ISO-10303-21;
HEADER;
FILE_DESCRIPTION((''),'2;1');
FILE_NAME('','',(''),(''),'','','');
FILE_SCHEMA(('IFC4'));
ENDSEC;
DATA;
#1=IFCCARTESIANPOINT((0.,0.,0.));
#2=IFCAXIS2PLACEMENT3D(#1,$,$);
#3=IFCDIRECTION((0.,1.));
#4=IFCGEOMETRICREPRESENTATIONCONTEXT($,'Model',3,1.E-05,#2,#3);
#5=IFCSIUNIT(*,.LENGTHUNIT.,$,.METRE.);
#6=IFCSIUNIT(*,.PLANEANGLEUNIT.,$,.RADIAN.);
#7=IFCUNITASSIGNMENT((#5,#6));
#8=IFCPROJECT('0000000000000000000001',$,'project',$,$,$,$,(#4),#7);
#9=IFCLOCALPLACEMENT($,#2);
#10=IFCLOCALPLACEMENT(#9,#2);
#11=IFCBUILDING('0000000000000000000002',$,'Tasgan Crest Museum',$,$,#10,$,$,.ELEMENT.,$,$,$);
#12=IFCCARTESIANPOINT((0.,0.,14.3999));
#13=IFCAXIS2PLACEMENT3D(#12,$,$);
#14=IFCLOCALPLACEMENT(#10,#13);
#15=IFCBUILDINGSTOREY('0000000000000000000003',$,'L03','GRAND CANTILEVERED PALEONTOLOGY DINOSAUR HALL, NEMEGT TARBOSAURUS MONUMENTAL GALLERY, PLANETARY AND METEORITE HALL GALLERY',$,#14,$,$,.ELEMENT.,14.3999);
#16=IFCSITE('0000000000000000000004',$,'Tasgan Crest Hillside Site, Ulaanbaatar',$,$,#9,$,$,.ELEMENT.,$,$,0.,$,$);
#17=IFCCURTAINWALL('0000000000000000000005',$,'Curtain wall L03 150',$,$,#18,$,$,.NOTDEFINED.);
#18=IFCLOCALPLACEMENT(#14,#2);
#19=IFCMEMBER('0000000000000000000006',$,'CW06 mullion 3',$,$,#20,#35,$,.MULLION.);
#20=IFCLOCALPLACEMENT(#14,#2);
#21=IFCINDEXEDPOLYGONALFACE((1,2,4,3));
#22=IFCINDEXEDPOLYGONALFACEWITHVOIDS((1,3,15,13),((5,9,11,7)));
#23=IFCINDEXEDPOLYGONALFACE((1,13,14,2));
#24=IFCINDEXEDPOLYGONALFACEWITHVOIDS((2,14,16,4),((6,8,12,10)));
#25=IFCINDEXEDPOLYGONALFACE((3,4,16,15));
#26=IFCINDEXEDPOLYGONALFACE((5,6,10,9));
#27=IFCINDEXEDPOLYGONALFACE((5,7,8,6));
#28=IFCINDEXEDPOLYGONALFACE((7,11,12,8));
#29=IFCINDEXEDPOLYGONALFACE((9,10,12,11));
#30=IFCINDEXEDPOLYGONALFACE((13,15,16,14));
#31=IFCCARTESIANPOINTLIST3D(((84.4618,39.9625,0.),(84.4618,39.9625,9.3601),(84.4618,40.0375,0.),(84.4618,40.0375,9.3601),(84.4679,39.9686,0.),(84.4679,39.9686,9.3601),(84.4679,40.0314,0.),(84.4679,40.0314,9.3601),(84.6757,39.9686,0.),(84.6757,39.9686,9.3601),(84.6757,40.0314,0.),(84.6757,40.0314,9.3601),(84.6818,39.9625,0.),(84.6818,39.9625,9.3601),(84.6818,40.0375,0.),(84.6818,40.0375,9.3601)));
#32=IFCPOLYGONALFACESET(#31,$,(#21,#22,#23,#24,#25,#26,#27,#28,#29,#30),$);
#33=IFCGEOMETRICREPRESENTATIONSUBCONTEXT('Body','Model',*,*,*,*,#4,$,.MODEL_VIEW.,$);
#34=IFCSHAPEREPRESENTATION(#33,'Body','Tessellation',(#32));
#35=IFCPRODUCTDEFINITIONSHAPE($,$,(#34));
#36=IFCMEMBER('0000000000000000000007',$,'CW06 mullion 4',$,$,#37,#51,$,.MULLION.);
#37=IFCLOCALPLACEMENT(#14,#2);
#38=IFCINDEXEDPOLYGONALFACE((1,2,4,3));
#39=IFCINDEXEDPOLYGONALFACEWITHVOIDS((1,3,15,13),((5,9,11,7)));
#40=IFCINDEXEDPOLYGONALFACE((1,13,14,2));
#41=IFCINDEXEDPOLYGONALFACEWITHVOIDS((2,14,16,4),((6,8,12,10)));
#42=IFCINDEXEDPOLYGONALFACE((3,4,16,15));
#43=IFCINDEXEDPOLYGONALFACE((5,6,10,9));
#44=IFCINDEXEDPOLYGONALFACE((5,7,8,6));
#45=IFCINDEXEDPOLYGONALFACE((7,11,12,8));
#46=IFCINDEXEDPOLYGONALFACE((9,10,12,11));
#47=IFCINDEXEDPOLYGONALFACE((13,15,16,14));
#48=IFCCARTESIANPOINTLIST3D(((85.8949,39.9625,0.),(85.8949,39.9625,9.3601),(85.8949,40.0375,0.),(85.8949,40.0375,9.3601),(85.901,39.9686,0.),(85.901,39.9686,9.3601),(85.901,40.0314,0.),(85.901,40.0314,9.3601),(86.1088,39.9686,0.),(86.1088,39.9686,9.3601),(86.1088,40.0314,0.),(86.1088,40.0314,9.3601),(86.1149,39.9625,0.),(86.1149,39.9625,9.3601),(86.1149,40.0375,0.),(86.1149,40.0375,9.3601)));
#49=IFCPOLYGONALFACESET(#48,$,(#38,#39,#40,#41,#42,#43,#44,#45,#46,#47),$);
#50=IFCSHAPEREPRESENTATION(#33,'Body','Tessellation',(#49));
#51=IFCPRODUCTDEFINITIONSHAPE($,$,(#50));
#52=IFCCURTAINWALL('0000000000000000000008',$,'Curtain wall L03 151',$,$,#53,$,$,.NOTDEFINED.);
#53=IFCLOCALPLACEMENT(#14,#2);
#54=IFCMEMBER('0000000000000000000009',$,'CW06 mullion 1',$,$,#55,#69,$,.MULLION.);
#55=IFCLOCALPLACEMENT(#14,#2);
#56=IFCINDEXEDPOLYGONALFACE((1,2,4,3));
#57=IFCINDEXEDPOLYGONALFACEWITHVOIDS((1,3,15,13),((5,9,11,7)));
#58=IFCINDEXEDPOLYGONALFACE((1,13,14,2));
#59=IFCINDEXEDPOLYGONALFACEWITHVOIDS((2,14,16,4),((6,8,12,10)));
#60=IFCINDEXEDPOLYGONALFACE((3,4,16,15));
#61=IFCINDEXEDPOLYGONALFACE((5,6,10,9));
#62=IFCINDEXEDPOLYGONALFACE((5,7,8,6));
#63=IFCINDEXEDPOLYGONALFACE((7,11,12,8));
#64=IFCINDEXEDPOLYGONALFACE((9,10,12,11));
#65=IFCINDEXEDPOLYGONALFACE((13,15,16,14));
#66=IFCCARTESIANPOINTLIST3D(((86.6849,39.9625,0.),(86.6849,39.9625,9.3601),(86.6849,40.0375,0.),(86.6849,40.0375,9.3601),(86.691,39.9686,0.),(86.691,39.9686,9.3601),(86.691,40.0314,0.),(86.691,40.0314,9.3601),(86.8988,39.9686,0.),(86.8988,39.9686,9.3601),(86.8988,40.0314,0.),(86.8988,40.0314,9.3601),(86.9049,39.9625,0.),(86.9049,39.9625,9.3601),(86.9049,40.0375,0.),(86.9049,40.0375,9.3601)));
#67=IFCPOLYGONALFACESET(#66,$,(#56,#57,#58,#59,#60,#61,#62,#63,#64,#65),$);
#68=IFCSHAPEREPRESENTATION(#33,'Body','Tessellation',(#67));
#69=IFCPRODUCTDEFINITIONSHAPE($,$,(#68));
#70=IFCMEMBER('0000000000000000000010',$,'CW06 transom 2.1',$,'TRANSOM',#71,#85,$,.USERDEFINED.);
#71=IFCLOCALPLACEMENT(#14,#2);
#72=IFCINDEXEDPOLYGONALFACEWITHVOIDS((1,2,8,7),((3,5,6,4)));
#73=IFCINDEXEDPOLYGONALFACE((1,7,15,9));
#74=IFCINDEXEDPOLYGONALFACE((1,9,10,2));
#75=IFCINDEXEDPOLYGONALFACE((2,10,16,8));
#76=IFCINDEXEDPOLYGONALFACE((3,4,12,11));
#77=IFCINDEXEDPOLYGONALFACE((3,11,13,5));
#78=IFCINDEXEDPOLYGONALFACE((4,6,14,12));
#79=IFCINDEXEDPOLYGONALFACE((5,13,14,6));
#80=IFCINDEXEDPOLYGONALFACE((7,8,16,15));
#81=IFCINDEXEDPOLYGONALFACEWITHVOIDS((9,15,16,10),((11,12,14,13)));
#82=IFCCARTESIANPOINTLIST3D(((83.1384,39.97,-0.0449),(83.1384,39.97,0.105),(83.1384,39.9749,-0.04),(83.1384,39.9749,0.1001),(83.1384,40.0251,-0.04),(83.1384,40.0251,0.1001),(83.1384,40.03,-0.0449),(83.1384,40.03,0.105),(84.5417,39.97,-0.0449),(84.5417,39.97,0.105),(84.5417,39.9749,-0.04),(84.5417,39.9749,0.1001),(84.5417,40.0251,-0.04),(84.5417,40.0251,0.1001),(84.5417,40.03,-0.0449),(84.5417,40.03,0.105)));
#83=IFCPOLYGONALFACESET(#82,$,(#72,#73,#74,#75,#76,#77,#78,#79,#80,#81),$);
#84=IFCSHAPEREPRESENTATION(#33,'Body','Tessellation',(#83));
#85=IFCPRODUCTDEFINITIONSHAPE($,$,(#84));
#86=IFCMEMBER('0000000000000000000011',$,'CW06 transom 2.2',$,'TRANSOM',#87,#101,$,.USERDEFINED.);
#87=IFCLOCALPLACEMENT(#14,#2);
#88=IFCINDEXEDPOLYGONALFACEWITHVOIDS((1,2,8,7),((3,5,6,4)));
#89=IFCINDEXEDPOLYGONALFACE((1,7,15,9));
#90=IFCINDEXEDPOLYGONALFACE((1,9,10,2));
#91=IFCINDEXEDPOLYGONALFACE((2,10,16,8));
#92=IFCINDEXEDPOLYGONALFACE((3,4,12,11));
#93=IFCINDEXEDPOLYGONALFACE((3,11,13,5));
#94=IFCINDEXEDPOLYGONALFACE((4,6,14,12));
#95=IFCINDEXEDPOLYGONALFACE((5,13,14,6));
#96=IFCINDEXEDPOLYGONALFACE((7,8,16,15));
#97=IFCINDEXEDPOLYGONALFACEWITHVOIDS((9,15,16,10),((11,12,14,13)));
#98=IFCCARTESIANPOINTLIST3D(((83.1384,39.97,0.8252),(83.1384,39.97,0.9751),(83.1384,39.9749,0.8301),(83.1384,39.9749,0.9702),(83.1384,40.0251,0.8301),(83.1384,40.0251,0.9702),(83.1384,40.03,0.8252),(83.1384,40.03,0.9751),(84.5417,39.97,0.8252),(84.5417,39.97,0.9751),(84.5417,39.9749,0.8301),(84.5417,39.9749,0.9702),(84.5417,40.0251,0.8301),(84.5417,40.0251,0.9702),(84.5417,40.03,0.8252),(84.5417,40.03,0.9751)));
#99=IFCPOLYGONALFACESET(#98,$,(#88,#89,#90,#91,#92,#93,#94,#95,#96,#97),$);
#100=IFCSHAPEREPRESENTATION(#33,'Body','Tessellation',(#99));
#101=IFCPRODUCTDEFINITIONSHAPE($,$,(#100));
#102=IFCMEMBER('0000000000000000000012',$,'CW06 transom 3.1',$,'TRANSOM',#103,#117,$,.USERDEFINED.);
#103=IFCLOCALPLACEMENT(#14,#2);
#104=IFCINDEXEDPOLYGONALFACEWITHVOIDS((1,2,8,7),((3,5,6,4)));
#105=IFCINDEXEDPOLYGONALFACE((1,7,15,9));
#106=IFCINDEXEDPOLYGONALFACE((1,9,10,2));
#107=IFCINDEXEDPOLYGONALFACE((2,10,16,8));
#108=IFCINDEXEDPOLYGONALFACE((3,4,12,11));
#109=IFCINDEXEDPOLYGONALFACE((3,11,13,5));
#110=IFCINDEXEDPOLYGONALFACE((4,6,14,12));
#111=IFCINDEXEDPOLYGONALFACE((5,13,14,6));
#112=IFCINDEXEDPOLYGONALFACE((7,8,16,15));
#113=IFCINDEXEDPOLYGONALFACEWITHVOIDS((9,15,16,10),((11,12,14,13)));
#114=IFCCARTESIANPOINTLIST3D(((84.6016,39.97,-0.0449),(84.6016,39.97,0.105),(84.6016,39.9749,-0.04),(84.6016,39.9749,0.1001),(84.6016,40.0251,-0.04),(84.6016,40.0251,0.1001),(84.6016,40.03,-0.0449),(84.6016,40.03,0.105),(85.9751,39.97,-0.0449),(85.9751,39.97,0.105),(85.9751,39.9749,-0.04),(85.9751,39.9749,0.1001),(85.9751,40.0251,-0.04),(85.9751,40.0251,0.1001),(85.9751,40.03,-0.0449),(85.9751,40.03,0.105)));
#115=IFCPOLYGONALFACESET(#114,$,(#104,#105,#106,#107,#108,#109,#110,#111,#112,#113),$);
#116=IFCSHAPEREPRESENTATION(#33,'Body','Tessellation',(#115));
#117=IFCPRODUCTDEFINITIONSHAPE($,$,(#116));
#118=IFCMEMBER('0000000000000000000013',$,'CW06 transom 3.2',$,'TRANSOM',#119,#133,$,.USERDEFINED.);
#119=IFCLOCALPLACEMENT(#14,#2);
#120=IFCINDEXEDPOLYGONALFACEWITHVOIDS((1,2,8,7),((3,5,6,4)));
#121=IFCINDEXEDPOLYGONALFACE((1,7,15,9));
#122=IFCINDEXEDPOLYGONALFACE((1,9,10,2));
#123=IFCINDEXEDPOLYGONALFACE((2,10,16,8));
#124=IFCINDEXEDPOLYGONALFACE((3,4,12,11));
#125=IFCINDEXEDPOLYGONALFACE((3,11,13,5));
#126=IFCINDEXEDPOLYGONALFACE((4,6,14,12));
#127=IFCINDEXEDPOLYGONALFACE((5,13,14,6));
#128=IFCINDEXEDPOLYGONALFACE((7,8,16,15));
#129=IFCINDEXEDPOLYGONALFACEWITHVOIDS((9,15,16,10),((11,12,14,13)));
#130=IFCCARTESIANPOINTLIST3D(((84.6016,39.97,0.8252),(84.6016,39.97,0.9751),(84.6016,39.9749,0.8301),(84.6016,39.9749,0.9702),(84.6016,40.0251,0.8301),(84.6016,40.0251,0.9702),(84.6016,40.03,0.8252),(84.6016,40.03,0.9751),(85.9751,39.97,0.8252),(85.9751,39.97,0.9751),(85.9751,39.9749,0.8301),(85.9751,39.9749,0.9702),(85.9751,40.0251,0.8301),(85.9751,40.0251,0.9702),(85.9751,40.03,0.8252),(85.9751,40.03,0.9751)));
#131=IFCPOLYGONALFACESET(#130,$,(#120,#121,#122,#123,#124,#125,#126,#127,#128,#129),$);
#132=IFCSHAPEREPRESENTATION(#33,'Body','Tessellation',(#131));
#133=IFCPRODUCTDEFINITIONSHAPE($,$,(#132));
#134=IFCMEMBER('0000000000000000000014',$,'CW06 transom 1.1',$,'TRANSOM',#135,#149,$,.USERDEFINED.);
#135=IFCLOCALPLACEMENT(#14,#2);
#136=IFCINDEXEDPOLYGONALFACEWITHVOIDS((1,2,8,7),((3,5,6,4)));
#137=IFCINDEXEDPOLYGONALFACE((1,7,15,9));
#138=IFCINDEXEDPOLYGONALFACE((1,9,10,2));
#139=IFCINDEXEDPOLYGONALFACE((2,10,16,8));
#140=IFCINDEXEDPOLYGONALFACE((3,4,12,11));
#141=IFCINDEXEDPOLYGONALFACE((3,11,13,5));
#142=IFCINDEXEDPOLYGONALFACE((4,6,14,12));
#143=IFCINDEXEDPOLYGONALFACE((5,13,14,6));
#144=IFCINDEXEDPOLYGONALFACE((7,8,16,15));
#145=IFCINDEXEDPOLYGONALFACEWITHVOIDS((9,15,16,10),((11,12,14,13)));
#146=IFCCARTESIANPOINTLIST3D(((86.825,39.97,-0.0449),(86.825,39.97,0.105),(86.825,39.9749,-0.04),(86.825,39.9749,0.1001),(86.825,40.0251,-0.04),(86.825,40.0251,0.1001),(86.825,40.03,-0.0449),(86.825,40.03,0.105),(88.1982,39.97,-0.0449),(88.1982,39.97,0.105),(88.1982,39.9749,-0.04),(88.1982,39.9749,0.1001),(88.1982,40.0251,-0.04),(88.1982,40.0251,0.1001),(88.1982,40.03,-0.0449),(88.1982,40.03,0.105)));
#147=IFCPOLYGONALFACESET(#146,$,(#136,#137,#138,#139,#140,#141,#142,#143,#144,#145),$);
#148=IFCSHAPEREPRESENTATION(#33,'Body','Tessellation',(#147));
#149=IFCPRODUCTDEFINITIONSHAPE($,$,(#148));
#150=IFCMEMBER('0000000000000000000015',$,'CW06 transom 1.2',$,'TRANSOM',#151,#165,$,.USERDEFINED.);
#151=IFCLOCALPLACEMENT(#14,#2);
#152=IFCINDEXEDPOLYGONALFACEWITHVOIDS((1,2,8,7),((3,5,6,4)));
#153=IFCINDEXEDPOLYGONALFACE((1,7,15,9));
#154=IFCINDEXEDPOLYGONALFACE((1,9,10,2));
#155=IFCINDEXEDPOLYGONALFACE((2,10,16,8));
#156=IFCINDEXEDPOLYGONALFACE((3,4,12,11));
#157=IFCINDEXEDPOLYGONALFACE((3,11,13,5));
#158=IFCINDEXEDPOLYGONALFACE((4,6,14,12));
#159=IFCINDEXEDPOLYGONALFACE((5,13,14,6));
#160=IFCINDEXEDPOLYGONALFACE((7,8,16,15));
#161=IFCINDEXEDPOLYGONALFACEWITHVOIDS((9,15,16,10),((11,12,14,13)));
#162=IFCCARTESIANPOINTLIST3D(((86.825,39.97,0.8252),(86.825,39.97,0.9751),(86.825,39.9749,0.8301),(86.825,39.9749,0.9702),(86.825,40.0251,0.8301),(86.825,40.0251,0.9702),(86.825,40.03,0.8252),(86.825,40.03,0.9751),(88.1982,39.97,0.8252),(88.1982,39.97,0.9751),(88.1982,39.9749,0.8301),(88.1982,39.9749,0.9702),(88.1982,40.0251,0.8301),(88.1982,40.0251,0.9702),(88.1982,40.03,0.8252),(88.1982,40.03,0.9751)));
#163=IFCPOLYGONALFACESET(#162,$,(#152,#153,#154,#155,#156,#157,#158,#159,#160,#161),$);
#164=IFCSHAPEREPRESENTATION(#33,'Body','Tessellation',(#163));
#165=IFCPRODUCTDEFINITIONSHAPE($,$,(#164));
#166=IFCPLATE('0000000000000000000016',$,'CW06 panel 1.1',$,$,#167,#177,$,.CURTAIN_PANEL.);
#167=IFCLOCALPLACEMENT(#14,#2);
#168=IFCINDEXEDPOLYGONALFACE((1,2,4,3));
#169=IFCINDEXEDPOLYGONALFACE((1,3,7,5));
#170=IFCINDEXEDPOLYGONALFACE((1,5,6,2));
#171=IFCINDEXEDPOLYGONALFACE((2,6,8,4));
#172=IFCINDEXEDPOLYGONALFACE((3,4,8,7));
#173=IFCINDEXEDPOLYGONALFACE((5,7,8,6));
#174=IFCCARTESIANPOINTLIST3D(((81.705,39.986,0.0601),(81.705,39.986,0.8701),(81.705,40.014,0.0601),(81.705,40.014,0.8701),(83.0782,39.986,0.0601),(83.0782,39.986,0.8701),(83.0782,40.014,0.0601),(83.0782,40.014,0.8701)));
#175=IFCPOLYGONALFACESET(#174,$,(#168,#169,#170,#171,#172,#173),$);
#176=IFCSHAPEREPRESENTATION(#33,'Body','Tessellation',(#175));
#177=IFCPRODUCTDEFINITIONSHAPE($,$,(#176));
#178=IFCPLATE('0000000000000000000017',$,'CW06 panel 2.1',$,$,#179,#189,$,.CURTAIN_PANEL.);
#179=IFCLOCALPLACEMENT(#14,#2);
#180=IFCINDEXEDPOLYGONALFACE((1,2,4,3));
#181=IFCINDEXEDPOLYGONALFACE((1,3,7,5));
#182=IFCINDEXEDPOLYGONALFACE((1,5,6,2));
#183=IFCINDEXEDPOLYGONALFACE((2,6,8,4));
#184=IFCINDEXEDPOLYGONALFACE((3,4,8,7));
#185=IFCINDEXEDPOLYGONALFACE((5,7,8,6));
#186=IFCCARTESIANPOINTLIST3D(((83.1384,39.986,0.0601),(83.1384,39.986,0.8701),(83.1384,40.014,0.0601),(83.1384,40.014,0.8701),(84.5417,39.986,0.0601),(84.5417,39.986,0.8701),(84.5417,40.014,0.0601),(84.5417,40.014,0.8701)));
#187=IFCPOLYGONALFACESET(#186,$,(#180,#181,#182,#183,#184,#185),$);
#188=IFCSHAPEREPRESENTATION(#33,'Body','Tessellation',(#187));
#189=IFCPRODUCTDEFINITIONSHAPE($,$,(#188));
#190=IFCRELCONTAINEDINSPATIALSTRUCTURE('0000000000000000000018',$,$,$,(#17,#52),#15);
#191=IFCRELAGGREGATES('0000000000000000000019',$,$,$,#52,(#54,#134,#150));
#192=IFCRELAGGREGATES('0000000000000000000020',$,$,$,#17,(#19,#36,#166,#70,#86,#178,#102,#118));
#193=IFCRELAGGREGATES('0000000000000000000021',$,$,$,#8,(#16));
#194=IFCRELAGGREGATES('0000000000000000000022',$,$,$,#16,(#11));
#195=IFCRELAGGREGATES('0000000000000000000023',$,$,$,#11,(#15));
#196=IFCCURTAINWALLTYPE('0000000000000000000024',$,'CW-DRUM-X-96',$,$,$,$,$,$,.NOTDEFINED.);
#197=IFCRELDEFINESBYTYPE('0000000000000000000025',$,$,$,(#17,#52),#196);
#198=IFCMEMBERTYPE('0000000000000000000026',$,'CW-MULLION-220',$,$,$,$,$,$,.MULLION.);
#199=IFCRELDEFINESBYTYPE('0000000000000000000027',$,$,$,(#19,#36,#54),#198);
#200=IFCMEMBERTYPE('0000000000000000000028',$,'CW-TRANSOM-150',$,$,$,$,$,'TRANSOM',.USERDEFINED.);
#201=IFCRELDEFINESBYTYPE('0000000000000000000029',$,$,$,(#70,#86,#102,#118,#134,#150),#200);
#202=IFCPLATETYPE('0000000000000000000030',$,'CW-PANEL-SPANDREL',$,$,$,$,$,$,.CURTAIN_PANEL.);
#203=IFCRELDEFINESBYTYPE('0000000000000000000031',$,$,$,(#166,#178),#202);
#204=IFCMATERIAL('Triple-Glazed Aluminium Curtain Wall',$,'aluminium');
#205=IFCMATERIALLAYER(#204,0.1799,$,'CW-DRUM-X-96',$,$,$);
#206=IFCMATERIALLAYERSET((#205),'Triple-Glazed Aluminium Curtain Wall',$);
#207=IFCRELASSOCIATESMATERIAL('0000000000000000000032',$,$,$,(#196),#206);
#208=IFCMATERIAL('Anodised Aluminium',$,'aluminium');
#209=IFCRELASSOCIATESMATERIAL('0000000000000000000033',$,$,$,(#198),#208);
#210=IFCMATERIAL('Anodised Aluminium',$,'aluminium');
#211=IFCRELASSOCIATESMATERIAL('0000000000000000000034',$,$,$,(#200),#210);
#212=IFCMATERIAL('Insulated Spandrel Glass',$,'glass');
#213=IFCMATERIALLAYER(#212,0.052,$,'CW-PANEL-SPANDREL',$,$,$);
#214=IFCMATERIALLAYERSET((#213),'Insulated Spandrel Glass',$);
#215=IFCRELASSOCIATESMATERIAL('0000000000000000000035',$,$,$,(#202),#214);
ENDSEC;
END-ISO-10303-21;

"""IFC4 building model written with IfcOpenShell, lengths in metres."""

from ifc_helpers import new_model, si_unit, direction, frame, origin, origin_2d, place, context, subcontext, project, spatial, rectangle, hollow_rectangle, extrude, material, layer, layer_set, material_profile, profile_set, type_object, element, aggregate, save


model = new_model("IFC4")

# Units and contexts
model_context = context("Model", 3, precision=1e-05, world=origin(), true_north=direction((0.0, 1.0)))
body_context = subcontext(model_context, "Body", "Model", "MODEL_VIEW")
ifc_project = project(units=[si_unit("LENGTHUNIT", "METRE"), si_unit("PLANEANGLEUNIT", "RADIAN")], contexts=[model_context])

# Site, building, storey
site_placement = place(None, origin())
site = spatial("IfcSite", under=ifc_project, at=site_placement, Name="Tasgan Crest Hillside Site, Ulaanbaatar", CompositionType="ELEMENT", RefElevation=0.0)
building_placement = place(site_placement, origin())
building = spatial("IfcBuilding", under=site, at=building_placement, Name="Tasgan Crest Museum", CompositionType="ELEMENT")
storey_placement = place(building_placement, frame((0.0, 0.0, 14.3999)))
storey = spatial("IfcBuildingStorey", under=building, at=storey_placement, Name="L03", Description="GRAND CANTILEVERED PALEONTOLOGY DINOSAUR HALL, NEMEGT TARBOSAURUS MONUMENTAL GALLERY, PLANETARY AND METEORITE HALL GALLERY", CompositionType="ELEMENT", Elevation=14.3999)

# Curtain wall, members
ifc_material_1 = material(Name="Triple-Glazed Aluminium Curtain Wall", Category="aluminium")
ifc_layer_1 = layer(ifc_material_1, 0.1799, Name="CW-DRUM-X-96")
ifc_layer_set_1 = layer_set([ifc_layer_1], Name="Triple-Glazed Aluminium Curtain Wall")
curtain_wall_type = type_object("IfcCurtainWallType", Name="CW-DRUM-X-96", PredefinedType="NOTDEFINED", material=ifc_layer_set_1)
curtain_wall_1_placement = place(storey_placement, origin())
curtain_wall_1 = element("IfcCurtainWall", 1, at=curtain_wall_1_placement, inside=storey, type_object=curtain_wall_type, Name="Curtain wall L03 150", PredefinedType="NOTDEFINED")
ifc_material_2 = material(Name="Anodised Aluminium", Category="aluminium")
ifc_material_profile_1 = material_profile(ifc_material_2, hollow_rectangle(XDim=0.075, YDim=0.22, WallThickness=0.0061, at=origin_2d()), Name="ALU MULLION 220x75x6")
ifc_profile_set_1 = profile_set([ifc_material_profile_1], Name="Anodised Aluminium")
member_type_1 = type_object("IfcMemberType", Name="CW-MULLION-220", PredefinedType="MULLION", material=ifc_profile_set_1)
member_1_placement = place(storey_placement, frame((84.5718, 40.0, 0.0), z_axis=(0.0, 0.0, 1.0), x_axis=(0.0, 1.0, 0.0)))
member_1 = element("IfcMember", 2, at=member_1_placement, type_object=member_type_1, Name="CW06 mullion 3", PredefinedType="MULLION", context=body_context, shape_type="SweptSolid", body=[
    extrude(hollow_rectangle(XDim=0.075, YDim=0.22, WallThickness=0.0061, at=origin_2d()), origin(), (0.0, 0.0, 1.0), 9.3601),
])
member_2_placement = place(storey_placement, frame((86.0049, 40.0, 0.0), z_axis=(0.0, 0.0, 1.0), x_axis=(0.0, 1.0, 0.0)))
member_2 = element("IfcMember", 3, at=member_2_placement, type_object=member_type_1, Name="CW06 mullion 4", PredefinedType="MULLION", context=body_context, shape_type="SweptSolid", body=[
    extrude(hollow_rectangle(XDim=0.075, YDim=0.22, WallThickness=0.0061, at=origin_2d()), origin(), (0.0, 0.0, 1.0), 9.3601),
])

# Curtain wall, member
curtain_wall_2_placement = place(storey_placement, origin())
curtain_wall_2 = element("IfcCurtainWall", 4, at=curtain_wall_2_placement, inside=storey, type_object=curtain_wall_type, Name="Curtain wall L03 151", PredefinedType="NOTDEFINED")
member_3_placement = place(storey_placement, frame((86.7949, 40.0, 0.0), z_axis=(0.0, 0.0, 1.0), x_axis=(0.0, 1.0, 0.0)))
member_3 = element("IfcMember", 5, at=member_3_placement, type_object=member_type_1, Name="CW06 mullion 1", PredefinedType="MULLION", context=body_context, shape_type="SweptSolid", body=[
    extrude(hollow_rectangle(XDim=0.075, YDim=0.22, WallThickness=0.0061, at=origin_2d()), origin(), (0.0, 0.0, 1.0), 9.3601),
])

# Members
ifc_material_3 = material(Name="Anodised Aluminium", Category="aluminium")
ifc_material_profile_2 = material_profile(ifc_material_3, hollow_rectangle(XDim=0.0601, YDim=0.1499, WallThickness=0.0049, at=origin_2d()), Name="ALU TRANSOM 150x60x5")
ifc_profile_set_2 = profile_set([ifc_material_profile_2], Name="Anodised Aluminium")
member_type_2 = type_object("IfcMemberType", Name="CW-TRANSOM-150", ElementType="TRANSOM", PredefinedType="USERDEFINED", material=ifc_profile_set_2)
member_4_placement = place(storey_placement, frame((83.1384, 40.0, 0.03), z_axis=(1.0, 0.0, 0.0), x_axis=(0.0, 1.0, 0.0)))
member_4 = element("IfcMember", 6, at=member_4_placement, type_object=member_type_2, Name="CW06 transom 2.1", ObjectType="TRANSOM", PredefinedType="USERDEFINED", context=body_context, shape_type="SweptSolid", body=[
    extrude(hollow_rectangle(XDim=0.0601, YDim=0.1499, WallThickness=0.0049, at=origin_2d()), origin(), (0.0, 0.0, 1.0), 1.4033),
])
member_5_placement = place(storey_placement, frame((83.1384, 40.0, 0.9001), z_axis=(1.0, 0.0, 0.0), x_axis=(0.0, 1.0, 0.0)))
member_5 = element("IfcMember", 7, at=member_5_placement, type_object=member_type_2, Name="CW06 transom 2.2", ObjectType="TRANSOM", PredefinedType="USERDEFINED", context=body_context, shape_type="SweptSolid", body=[
    extrude(hollow_rectangle(XDim=0.0601, YDim=0.1499, WallThickness=0.0049, at=origin_2d()), origin(), (0.0, 0.0, 1.0), 1.4033),
])
member_6_placement = place(storey_placement, frame((84.6016, 40.0, 0.03), z_axis=(1.0, 0.0, 0.0), x_axis=(0.0, 1.0, 0.0)))
member_6 = element("IfcMember", 8, at=member_6_placement, type_object=member_type_2, Name="CW06 transom 3.1", ObjectType="TRANSOM", PredefinedType="USERDEFINED", context=body_context, shape_type="SweptSolid", body=[
    extrude(hollow_rectangle(XDim=0.0601, YDim=0.1499, WallThickness=0.0049, at=origin_2d()), origin(), (0.0, 0.0, 1.0), 1.3735),
])
member_7_placement = place(storey_placement, frame((84.6016, 40.0, 0.9001), z_axis=(1.0, 0.0, 0.0), x_axis=(0.0, 1.0, 0.0)))
member_7 = element("IfcMember", 9, at=member_7_placement, type_object=member_type_2, Name="CW06 transom 3.2", ObjectType="TRANSOM", PredefinedType="USERDEFINED", context=body_context, shape_type="SweptSolid", body=[
    extrude(hollow_rectangle(XDim=0.0601, YDim=0.1499, WallThickness=0.0049, at=origin_2d()), origin(), (0.0, 0.0, 1.0), 1.3735),
])
member_8_placement = place(storey_placement, frame((86.825, 40.0, 0.03), z_axis=(1.0, 0.0, 0.0), x_axis=(0.0, 1.0, 0.0)))
member_8 = element("IfcMember", 10, at=member_8_placement, type_object=member_type_2, Name="CW06 transom 1.1", ObjectType="TRANSOM", PredefinedType="USERDEFINED", context=body_context, shape_type="SweptSolid", body=[
    extrude(hollow_rectangle(XDim=0.0601, YDim=0.1499, WallThickness=0.0049, at=origin_2d()), origin(), (0.0, 0.0, 1.0), 1.3733),
])
member_9_placement = place(storey_placement, frame((86.825, 40.0, 0.9001), z_axis=(1.0, 0.0, 0.0), x_axis=(0.0, 1.0, 0.0)))
member_9 = element("IfcMember", 11, at=member_9_placement, type_object=member_type_2, Name="CW06 transom 1.2", ObjectType="TRANSOM", PredefinedType="USERDEFINED", context=body_context, shape_type="SweptSolid", body=[
    extrude(hollow_rectangle(XDim=0.0601, YDim=0.1499, WallThickness=0.0049, at=origin_2d()), origin(), (0.0, 0.0, 1.0), 1.3733),
])

# Plates
ifc_material_4 = material(Name="Insulated Spandrel Glass", Category="glass")
ifc_layer_2 = layer(ifc_material_4, 0.052, Name="CW-PANEL-SPANDREL")
ifc_layer_set_2 = layer_set([ifc_layer_2], Name="Insulated Spandrel Glass")
plate_type_1 = type_object("IfcPlateType", Name="CW-PANEL-SPANDREL", PredefinedType="CURTAIN_PANEL", material=ifc_layer_set_2)
plate_1_placement = place(storey_placement, frame((82.3916, 40.0, 0.0601), z_axis=(0.0, 0.0, 1.0), x_axis=(1.0, 0.0, 0.0)))
plate_1 = element("IfcPlate", 12, at=plate_1_placement, type_object=plate_type_1, Name="CW06 panel 1.1", PredefinedType="CURTAIN_PANEL", context=body_context, shape_type="SweptSolid", body=[
    extrude(rectangle(XDim=1.3733, YDim=0.0281, at=origin_2d()), origin(), (0.0, 0.0, 1.0), 0.8101),
])
plate_2_placement = place(storey_placement, frame((83.8401, 40.0, 0.0601), z_axis=(0.0, 0.0, 1.0), x_axis=(1.0, 0.0, 0.0)))
plate_2 = element("IfcPlate", 13, at=plate_2_placement, type_object=plate_type_1, Name="CW06 panel 2.1", PredefinedType="CURTAIN_PANEL", context=body_context, shape_type="SweptSolid", body=[
    extrude(rectangle(XDim=1.4033, YDim=0.0281, at=origin_2d()), origin(), (0.0, 0.0, 1.0), 0.8101),
])
aggregate(curtain_wall_2, [member_3, member_8, member_9])
aggregate(curtain_wall_1, [member_1, member_2, plate_1, member_4, member_5, plate_2, member_6, member_7])

save(model, "model.ifc")
